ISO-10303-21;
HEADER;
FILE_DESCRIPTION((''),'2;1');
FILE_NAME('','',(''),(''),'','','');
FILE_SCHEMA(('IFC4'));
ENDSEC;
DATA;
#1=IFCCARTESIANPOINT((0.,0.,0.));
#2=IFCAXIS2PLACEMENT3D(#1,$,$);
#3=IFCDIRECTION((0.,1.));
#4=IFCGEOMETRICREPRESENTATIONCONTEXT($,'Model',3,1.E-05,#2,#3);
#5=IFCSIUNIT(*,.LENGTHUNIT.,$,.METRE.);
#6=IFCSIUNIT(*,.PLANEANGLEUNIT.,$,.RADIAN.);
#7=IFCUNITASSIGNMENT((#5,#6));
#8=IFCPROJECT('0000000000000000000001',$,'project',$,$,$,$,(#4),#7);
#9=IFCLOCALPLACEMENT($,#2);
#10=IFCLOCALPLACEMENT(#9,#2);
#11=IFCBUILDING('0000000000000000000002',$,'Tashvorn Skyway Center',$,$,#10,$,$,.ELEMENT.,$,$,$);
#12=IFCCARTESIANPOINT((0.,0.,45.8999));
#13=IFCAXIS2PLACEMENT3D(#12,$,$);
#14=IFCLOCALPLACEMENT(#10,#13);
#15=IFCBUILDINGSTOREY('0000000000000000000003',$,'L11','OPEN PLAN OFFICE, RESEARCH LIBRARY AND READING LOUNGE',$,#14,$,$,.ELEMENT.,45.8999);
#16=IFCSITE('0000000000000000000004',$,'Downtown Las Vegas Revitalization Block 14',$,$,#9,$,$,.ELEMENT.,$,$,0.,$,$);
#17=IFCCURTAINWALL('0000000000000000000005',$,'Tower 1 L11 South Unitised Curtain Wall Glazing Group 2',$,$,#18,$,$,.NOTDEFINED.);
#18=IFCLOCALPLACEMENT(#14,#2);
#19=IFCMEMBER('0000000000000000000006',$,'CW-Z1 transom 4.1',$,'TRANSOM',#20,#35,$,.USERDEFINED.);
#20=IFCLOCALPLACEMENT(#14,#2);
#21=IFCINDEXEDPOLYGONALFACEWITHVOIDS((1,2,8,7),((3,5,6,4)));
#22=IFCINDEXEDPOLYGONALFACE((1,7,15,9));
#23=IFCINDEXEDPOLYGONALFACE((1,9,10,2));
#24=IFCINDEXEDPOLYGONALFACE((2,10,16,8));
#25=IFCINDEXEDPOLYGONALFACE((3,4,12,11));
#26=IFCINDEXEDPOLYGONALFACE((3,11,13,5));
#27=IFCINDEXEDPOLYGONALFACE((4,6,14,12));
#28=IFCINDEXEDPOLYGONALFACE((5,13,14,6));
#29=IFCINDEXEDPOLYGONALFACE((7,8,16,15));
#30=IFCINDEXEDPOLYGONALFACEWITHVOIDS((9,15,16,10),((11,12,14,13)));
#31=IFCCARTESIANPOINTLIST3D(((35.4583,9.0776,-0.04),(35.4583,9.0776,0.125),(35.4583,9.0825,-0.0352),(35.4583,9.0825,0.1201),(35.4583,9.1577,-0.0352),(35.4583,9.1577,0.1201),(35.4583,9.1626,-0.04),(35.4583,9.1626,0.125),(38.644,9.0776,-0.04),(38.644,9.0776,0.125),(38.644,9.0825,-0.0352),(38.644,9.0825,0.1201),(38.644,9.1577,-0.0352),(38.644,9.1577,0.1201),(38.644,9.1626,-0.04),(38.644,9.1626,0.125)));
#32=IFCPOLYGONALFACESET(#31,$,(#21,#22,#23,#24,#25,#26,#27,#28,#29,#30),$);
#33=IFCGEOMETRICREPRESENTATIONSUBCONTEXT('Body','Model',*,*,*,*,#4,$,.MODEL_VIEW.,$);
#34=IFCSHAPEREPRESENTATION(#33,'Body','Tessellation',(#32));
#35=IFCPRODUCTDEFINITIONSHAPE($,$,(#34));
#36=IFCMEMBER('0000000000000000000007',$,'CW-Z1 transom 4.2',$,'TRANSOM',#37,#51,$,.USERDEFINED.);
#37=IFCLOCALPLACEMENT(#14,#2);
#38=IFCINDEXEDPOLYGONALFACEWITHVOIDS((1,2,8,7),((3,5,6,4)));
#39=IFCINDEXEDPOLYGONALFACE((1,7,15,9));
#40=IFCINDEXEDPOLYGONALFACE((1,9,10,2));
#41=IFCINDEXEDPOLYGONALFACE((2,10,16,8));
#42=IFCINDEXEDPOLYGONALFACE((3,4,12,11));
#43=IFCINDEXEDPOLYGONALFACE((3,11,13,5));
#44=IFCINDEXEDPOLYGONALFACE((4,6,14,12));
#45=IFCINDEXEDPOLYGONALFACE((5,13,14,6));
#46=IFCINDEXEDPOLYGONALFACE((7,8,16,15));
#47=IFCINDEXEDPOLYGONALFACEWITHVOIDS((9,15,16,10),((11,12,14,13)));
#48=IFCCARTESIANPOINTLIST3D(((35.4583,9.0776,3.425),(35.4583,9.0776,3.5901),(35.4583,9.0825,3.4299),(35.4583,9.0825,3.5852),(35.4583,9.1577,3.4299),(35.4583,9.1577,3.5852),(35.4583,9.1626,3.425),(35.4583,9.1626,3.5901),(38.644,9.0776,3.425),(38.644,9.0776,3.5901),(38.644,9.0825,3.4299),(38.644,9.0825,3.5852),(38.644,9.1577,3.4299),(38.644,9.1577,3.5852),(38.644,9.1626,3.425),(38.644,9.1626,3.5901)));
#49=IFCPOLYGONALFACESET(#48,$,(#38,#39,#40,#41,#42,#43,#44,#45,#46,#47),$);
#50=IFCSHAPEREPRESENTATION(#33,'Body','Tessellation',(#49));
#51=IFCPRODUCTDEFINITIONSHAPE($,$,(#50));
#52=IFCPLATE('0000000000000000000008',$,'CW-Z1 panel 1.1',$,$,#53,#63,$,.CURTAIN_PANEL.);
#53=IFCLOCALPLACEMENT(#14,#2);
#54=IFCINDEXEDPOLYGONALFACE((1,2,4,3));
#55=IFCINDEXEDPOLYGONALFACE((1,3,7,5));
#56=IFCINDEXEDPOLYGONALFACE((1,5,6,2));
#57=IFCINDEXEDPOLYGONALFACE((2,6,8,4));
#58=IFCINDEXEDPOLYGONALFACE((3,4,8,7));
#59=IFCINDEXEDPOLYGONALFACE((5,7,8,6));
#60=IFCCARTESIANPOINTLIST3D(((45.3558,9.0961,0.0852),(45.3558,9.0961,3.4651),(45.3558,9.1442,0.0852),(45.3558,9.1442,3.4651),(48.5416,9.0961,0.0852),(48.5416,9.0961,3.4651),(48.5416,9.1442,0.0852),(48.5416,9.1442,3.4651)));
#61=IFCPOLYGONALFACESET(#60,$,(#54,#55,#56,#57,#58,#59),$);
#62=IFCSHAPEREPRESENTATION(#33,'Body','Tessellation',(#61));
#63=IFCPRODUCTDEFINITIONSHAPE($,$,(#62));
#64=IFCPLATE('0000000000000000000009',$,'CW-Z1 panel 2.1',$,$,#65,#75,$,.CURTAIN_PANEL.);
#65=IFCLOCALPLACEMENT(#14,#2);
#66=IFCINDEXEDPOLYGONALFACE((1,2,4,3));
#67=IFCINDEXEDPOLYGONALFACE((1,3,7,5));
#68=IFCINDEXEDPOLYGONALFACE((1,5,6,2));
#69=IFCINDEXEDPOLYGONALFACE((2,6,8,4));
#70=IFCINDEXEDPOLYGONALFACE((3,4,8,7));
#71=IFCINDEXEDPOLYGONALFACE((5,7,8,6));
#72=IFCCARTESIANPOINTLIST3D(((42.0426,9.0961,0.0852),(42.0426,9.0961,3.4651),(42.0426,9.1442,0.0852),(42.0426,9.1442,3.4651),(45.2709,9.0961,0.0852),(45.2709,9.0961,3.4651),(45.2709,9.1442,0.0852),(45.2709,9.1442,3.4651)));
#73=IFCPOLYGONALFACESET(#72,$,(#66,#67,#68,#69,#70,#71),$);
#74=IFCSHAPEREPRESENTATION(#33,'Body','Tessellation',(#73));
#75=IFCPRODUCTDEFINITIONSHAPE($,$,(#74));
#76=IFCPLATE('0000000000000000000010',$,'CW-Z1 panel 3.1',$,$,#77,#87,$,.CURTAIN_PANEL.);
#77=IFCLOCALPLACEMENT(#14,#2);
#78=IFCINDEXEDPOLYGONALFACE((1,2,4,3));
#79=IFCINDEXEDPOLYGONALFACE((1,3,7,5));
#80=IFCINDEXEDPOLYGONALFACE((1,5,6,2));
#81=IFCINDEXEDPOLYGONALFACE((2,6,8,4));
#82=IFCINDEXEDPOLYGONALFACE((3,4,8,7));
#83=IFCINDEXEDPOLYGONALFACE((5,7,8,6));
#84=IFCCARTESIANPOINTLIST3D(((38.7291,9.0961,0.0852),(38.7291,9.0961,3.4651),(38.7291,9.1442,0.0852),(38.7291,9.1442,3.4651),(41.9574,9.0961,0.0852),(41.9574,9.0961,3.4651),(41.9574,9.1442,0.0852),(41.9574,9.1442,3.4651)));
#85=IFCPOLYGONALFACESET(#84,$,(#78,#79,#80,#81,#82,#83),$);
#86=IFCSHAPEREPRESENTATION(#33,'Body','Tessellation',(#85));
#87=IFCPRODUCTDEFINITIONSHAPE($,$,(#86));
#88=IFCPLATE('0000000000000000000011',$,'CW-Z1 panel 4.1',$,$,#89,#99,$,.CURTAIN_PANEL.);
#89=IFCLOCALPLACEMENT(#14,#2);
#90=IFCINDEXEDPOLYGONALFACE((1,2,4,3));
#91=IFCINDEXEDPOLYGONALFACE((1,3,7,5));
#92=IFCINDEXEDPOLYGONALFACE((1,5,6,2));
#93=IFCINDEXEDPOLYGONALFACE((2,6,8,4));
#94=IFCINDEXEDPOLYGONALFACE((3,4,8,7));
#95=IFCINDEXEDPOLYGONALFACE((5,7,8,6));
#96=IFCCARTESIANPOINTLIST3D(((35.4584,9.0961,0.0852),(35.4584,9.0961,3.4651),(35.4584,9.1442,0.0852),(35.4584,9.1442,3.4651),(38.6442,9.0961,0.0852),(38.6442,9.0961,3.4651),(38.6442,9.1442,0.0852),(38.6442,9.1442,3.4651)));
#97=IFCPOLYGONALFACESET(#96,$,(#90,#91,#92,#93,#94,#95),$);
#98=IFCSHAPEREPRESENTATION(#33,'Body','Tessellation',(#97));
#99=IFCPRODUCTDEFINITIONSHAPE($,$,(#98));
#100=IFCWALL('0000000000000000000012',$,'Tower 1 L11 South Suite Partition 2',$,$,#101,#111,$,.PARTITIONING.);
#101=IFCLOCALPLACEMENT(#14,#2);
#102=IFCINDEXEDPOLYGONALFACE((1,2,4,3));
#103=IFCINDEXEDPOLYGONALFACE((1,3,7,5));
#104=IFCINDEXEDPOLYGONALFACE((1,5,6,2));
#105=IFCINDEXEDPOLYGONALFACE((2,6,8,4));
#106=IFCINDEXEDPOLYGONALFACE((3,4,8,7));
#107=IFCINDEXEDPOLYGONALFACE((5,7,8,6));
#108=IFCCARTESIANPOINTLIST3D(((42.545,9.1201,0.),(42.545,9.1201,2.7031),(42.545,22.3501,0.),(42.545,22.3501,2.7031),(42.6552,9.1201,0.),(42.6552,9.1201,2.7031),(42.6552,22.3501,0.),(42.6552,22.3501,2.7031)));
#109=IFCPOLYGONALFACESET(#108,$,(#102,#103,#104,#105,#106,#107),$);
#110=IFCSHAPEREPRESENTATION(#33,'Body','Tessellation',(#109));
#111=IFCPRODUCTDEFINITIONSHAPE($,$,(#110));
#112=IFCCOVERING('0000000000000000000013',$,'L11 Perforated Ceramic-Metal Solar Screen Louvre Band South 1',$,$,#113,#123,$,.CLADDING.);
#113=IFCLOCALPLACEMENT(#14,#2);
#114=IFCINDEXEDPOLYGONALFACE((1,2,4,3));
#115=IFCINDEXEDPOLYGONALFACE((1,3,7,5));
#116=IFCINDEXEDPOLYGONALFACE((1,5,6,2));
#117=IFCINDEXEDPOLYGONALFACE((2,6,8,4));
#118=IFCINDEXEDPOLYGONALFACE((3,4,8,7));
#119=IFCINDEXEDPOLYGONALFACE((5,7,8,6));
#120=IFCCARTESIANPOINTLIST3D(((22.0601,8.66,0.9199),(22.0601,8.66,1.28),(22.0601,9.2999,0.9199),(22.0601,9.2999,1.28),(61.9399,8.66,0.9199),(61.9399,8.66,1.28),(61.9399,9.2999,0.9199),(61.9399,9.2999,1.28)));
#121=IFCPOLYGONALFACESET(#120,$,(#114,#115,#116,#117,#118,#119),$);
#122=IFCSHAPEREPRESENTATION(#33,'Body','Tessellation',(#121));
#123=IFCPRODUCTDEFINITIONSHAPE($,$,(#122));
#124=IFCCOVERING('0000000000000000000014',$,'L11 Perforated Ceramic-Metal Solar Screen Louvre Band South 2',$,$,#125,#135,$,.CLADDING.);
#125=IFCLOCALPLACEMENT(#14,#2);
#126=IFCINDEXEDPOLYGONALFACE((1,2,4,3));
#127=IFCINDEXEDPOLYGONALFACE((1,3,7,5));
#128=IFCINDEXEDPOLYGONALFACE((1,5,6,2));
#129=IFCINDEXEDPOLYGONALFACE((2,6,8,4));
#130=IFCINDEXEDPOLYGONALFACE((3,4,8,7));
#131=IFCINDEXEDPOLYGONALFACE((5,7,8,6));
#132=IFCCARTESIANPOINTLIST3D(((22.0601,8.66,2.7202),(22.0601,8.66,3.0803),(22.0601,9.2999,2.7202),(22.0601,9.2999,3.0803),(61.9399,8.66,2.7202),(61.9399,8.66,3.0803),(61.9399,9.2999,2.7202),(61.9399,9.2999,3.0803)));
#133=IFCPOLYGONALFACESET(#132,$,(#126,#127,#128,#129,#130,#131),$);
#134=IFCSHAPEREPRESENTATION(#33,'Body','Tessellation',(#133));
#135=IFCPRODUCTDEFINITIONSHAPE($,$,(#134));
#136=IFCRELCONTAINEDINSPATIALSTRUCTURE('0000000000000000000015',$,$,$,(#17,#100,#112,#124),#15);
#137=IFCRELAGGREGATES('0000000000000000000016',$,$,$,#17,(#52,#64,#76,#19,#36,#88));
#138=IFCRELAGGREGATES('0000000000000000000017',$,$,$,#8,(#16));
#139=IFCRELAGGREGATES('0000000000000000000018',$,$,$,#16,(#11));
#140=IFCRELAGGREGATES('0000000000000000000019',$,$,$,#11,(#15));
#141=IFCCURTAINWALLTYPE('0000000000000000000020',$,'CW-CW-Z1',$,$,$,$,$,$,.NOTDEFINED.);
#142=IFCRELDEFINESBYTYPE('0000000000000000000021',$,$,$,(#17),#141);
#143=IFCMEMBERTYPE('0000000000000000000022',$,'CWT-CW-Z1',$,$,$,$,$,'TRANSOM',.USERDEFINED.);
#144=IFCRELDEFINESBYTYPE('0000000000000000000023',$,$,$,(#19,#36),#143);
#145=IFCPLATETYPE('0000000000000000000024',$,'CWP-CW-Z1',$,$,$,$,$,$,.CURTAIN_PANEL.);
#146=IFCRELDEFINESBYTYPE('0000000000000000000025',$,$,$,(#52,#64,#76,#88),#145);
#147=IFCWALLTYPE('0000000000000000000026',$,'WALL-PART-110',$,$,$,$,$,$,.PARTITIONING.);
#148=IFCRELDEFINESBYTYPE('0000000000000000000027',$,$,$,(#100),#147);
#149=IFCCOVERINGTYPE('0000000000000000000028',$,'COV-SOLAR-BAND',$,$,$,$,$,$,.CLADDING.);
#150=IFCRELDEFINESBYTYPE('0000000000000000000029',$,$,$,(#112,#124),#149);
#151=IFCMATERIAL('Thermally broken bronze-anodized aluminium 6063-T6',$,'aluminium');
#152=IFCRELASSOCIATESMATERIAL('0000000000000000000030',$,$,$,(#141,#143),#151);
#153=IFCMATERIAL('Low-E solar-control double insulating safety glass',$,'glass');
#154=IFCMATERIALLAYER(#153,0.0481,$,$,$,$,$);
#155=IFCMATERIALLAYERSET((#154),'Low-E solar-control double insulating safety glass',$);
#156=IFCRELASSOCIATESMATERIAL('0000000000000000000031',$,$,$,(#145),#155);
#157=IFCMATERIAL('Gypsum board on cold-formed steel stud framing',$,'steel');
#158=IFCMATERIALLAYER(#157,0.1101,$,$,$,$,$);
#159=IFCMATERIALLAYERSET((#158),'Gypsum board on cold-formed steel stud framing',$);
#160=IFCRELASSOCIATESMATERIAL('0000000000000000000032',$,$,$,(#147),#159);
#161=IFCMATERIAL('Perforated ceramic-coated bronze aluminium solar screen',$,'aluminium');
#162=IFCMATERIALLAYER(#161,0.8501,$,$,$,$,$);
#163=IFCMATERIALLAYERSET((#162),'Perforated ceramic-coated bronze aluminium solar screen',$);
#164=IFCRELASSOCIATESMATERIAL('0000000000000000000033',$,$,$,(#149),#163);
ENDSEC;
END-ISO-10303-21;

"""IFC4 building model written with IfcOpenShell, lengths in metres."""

from ifc_helpers import new_model, si_unit, direction, frame, frame_2d, origin, origin_2d, place, context, subcontext, project, spatial, rectangle, hollow_rectangle, extrude, material, layer, layer_set, material_profile, profile_set, type_object, element, aggregate, save


model = new_model("IFC4")

# Units and contexts
model_context = context("Model", 3, precision=1e-05, world=origin(), true_north=direction((0.0, 1.0)))
body_context = subcontext(model_context, "Body", "Model", "MODEL_VIEW")
ifc_project = project(units=[si_unit("LENGTHUNIT", "METRE"), si_unit("PLANEANGLEUNIT", "RADIAN")], contexts=[model_context])

# Site, building, storey
site_placement = place(None, origin())
site = spatial("IfcSite", under=ifc_project, at=site_placement, Name="Downtown Las Vegas Revitalization Block 14", CompositionType="ELEMENT", RefElevation=0.0)
building_placement = place(site_placement, origin())
building = spatial("IfcBuilding", under=site, at=building_placement, Name="Tashvorn Skyway Center", CompositionType="ELEMENT")
storey_placement = place(building_placement, frame((0.0, 0.0, 45.8999)))
storey = spatial("IfcBuildingStorey", under=building, at=storey_placement, Name="L11", Description="OPEN PLAN OFFICE, RESEARCH LIBRARY AND READING LOUNGE", CompositionType="ELEMENT", Elevation=45.8999)

# Curtain wall, members, plates
ifc_material_1 = material(Name="Thermally broken bronze-anodized aluminium 6063-T6", Category="aluminium")
curtain_wall_type = type_object("IfcCurtainWallType", Name="CW-CW-Z1", PredefinedType="NOTDEFINED", material=ifc_material_1)
curtain_wall_placement = place(storey_placement, origin())
curtain_wall = element("IfcCurtainWall", 1, at=curtain_wall_placement, inside=storey, type_object=curtain_wall_type, Name="Tower 1 L11 South Unitised Curtain Wall Glazing Group 2", PredefinedType="NOTDEFINED")
ifc_material_profile_1 = material_profile(ifc_material_1, hollow_rectangle(XDim=0.085, YDim=0.165, WallThickness=0.0049, at=origin_2d()), Name="ALU-TRAN-85x165")
ifc_profile_set_1 = profile_set([ifc_material_profile_1], Name="Thermally broken bronze-anodized aluminium 6063-T6")
member_type_1 = type_object("IfcMemberType", Name="CWT-CW-Z1", ElementType="TRANSOM", PredefinedType="USERDEFINED", material=ifc_profile_set_1)
member_1_placement = place(storey_placement, frame((38.644, 9.1201, 0.0425), z_axis=(-1.0, 0.0, 0.0), x_axis=(0.0, -1.0, 0.0)))
member_1 = element("IfcMember", 2, at=member_1_placement, type_object=member_type_1, Name="CW-Z1 transom 4.1", ObjectType="TRANSOM", PredefinedType="USERDEFINED", context=body_context, shape_type="SweptSolid", body=[
    extrude(hollow_rectangle(XDim=0.085, YDim=0.165, WallThickness=0.0049, at=origin_2d()), origin(), (0.0, 0.0, 1.0), 3.1858),
])
member_2_placement = place(storey_placement, frame((38.644, 9.1201, 3.5076), z_axis=(-1.0, 0.0, 0.0), x_axis=(0.0, -1.0, 0.0)))
member_2 = element("IfcMember", 3, at=member_2_placement, type_object=member_type_1, Name="CW-Z1 transom 4.2", ObjectType="TRANSOM", PredefinedType="USERDEFINED", context=body_context, shape_type="SweptSolid", body=[
    extrude(hollow_rectangle(XDim=0.085, YDim=0.165, WallThickness=0.0049, at=origin_2d()), origin(), (0.0, 0.0, 1.0), 3.1858),
])
ifc_material_2 = material(Name="Low-E solar-control double insulating safety glass", Category="glass")
ifc_layer_1 = layer(ifc_material_2, 0.0481)
ifc_layer_set_1 = layer_set([ifc_layer_1], Name="Low-E solar-control double insulating safety glass")
plate_type = type_object("IfcPlateType", Name="CWP-CW-Z1", PredefinedType="CURTAIN_PANEL", material=ifc_layer_set_1)
plate_1_placement = place(storey_placement, frame((46.9487, 9.1201, 0.0852), z_axis=(0.0, 0.0, 1.0), x_axis=(-1.0, 0.0, 0.0)))
plate_1 = element("IfcPlate", 4, at=plate_1_placement, type_object=plate_type, Name="CW-Z1 panel 1.1", PredefinedType="CURTAIN_PANEL", context=body_context, shape_type="SweptSolid", body=[
    extrude(rectangle(XDim=3.1858, YDim=0.0481, at=origin_2d()), origin(), (0.0, 0.0, 1.0), 3.3799),
])
plate_2_placement = place(storey_placement, frame((43.6567, 9.1201, 0.0852), z_axis=(0.0, 0.0, 1.0), x_axis=(-1.0, 0.0, 0.0)))
plate_2 = element("IfcPlate", 5, at=plate_2_placement, type_object=plate_type, Name="CW-Z1 panel 2.1", PredefinedType="CURTAIN_PANEL", context=body_context, shape_type="SweptSolid", body=[
    extrude(rectangle(XDim=3.2283, YDim=0.0481, at=origin_2d()), origin(), (0.0, 0.0, 1.0), 3.3799),
])
plate_3_placement = place(storey_placement, frame((40.3433, 9.1201, 0.0852), z_axis=(0.0, 0.0, 1.0), x_axis=(-1.0, 0.0, 0.0)))
plate_3 = element("IfcPlate", 6, at=plate_3_placement, type_object=plate_type, Name="CW-Z1 panel 3.1", PredefinedType="CURTAIN_PANEL", context=body_context, shape_type="SweptSolid", body=[
    extrude(rectangle(XDim=3.2283, YDim=0.0481, at=origin_2d()), origin(), (0.0, 0.0, 1.0), 3.3799),
])
plate_4_placement = place(storey_placement, frame((37.0513, 9.1201, 0.0852), z_axis=(0.0, 0.0, 1.0), x_axis=(-1.0, 0.0, 0.0)))
plate_4 = element("IfcPlate", 7, at=plate_4_placement, type_object=plate_type, Name="CW-Z1 panel 4.1", PredefinedType="CURTAIN_PANEL", context=body_context, shape_type="SweptSolid", body=[
    extrude(rectangle(XDim=3.1858, YDim=0.0481, at=origin_2d()), origin(), (0.0, 0.0, 1.0), 3.3799),
])
aggregate(curtain_wall, [plate_1, plate_2, plate_3, member_1, member_2, plate_4])

# Wall
ifc_material_3 = material(Name="Gypsum board on cold-formed steel stud framing", Category="steel")
ifc_layer_2 = layer(ifc_material_3, 0.1101)
ifc_layer_set_2 = layer_set([ifc_layer_2], Name="Gypsum board on cold-formed steel stud framing")
wall_type = type_object("IfcWallType", Name="WALL-PART-110", PredefinedType="PARTITIONING", material=ifc_layer_set_2)
wall_placement = place(storey_placement, frame((42.6001, 9.1201, 0.0), z_axis=(0.0, 0.0, 1.0), x_axis=(0.0, 1.0, 0.0)))
element("IfcWall", 8, at=wall_placement, inside=storey, type_object=wall_type, Name="Tower 1 L11 South Suite Partition 2", PredefinedType="PARTITIONING", context=body_context, shape_type="SweptSolid", body=[
    extrude(rectangle(XDim=13.23, YDim=0.1101, at=frame_2d((6.615, 0.0))), origin(), (0.0, 0.0, 1.0), 2.7031),
])

# Coverings
ifc_material_4 = material(Name="Perforated ceramic-coated bronze aluminium solar screen", Category="aluminium")
ifc_layer_3 = layer(ifc_material_4, 0.8501)
ifc_layer_set_3 = layer_set([ifc_layer_3], Name="Perforated ceramic-coated bronze aluminium solar screen")
covering_type = type_object("IfcCoveringType", Name="COV-SOLAR-BAND", PredefinedType="CLADDING", material=ifc_layer_set_3)
for number, where, z_axis, x_axis, name in (
    (9, (42.0, 8.98, 0.9199), (0.0, 0.0, 1.0), (-1.0, 0.0, 0.0), "L11 Perforated Ceramic-Metal Solar Screen Louvre Band South 1"),
    (10, (42.0, 8.98, 2.7202), (0.0, 0.0, 1.0), (-1.0, 0.0, 0.0), "L11 Perforated Ceramic-Metal Solar Screen Louvre Band South 2"),
):
    element("IfcCovering", number, at=place(storey_placement, frame(where, z_axis=z_axis, x_axis=x_axis)), inside=storey, type_object=covering_type, Name=name, PredefinedType="CLADDING", context=body_context, shape_type="SweptSolid", body=[
        extrude(rectangle(XDim=39.8799, YDim=0.6399, at=origin_2d()), origin(), (0.0, 0.0, 1.0), 0.3601),
    ])

save(model, "model.ifc")
